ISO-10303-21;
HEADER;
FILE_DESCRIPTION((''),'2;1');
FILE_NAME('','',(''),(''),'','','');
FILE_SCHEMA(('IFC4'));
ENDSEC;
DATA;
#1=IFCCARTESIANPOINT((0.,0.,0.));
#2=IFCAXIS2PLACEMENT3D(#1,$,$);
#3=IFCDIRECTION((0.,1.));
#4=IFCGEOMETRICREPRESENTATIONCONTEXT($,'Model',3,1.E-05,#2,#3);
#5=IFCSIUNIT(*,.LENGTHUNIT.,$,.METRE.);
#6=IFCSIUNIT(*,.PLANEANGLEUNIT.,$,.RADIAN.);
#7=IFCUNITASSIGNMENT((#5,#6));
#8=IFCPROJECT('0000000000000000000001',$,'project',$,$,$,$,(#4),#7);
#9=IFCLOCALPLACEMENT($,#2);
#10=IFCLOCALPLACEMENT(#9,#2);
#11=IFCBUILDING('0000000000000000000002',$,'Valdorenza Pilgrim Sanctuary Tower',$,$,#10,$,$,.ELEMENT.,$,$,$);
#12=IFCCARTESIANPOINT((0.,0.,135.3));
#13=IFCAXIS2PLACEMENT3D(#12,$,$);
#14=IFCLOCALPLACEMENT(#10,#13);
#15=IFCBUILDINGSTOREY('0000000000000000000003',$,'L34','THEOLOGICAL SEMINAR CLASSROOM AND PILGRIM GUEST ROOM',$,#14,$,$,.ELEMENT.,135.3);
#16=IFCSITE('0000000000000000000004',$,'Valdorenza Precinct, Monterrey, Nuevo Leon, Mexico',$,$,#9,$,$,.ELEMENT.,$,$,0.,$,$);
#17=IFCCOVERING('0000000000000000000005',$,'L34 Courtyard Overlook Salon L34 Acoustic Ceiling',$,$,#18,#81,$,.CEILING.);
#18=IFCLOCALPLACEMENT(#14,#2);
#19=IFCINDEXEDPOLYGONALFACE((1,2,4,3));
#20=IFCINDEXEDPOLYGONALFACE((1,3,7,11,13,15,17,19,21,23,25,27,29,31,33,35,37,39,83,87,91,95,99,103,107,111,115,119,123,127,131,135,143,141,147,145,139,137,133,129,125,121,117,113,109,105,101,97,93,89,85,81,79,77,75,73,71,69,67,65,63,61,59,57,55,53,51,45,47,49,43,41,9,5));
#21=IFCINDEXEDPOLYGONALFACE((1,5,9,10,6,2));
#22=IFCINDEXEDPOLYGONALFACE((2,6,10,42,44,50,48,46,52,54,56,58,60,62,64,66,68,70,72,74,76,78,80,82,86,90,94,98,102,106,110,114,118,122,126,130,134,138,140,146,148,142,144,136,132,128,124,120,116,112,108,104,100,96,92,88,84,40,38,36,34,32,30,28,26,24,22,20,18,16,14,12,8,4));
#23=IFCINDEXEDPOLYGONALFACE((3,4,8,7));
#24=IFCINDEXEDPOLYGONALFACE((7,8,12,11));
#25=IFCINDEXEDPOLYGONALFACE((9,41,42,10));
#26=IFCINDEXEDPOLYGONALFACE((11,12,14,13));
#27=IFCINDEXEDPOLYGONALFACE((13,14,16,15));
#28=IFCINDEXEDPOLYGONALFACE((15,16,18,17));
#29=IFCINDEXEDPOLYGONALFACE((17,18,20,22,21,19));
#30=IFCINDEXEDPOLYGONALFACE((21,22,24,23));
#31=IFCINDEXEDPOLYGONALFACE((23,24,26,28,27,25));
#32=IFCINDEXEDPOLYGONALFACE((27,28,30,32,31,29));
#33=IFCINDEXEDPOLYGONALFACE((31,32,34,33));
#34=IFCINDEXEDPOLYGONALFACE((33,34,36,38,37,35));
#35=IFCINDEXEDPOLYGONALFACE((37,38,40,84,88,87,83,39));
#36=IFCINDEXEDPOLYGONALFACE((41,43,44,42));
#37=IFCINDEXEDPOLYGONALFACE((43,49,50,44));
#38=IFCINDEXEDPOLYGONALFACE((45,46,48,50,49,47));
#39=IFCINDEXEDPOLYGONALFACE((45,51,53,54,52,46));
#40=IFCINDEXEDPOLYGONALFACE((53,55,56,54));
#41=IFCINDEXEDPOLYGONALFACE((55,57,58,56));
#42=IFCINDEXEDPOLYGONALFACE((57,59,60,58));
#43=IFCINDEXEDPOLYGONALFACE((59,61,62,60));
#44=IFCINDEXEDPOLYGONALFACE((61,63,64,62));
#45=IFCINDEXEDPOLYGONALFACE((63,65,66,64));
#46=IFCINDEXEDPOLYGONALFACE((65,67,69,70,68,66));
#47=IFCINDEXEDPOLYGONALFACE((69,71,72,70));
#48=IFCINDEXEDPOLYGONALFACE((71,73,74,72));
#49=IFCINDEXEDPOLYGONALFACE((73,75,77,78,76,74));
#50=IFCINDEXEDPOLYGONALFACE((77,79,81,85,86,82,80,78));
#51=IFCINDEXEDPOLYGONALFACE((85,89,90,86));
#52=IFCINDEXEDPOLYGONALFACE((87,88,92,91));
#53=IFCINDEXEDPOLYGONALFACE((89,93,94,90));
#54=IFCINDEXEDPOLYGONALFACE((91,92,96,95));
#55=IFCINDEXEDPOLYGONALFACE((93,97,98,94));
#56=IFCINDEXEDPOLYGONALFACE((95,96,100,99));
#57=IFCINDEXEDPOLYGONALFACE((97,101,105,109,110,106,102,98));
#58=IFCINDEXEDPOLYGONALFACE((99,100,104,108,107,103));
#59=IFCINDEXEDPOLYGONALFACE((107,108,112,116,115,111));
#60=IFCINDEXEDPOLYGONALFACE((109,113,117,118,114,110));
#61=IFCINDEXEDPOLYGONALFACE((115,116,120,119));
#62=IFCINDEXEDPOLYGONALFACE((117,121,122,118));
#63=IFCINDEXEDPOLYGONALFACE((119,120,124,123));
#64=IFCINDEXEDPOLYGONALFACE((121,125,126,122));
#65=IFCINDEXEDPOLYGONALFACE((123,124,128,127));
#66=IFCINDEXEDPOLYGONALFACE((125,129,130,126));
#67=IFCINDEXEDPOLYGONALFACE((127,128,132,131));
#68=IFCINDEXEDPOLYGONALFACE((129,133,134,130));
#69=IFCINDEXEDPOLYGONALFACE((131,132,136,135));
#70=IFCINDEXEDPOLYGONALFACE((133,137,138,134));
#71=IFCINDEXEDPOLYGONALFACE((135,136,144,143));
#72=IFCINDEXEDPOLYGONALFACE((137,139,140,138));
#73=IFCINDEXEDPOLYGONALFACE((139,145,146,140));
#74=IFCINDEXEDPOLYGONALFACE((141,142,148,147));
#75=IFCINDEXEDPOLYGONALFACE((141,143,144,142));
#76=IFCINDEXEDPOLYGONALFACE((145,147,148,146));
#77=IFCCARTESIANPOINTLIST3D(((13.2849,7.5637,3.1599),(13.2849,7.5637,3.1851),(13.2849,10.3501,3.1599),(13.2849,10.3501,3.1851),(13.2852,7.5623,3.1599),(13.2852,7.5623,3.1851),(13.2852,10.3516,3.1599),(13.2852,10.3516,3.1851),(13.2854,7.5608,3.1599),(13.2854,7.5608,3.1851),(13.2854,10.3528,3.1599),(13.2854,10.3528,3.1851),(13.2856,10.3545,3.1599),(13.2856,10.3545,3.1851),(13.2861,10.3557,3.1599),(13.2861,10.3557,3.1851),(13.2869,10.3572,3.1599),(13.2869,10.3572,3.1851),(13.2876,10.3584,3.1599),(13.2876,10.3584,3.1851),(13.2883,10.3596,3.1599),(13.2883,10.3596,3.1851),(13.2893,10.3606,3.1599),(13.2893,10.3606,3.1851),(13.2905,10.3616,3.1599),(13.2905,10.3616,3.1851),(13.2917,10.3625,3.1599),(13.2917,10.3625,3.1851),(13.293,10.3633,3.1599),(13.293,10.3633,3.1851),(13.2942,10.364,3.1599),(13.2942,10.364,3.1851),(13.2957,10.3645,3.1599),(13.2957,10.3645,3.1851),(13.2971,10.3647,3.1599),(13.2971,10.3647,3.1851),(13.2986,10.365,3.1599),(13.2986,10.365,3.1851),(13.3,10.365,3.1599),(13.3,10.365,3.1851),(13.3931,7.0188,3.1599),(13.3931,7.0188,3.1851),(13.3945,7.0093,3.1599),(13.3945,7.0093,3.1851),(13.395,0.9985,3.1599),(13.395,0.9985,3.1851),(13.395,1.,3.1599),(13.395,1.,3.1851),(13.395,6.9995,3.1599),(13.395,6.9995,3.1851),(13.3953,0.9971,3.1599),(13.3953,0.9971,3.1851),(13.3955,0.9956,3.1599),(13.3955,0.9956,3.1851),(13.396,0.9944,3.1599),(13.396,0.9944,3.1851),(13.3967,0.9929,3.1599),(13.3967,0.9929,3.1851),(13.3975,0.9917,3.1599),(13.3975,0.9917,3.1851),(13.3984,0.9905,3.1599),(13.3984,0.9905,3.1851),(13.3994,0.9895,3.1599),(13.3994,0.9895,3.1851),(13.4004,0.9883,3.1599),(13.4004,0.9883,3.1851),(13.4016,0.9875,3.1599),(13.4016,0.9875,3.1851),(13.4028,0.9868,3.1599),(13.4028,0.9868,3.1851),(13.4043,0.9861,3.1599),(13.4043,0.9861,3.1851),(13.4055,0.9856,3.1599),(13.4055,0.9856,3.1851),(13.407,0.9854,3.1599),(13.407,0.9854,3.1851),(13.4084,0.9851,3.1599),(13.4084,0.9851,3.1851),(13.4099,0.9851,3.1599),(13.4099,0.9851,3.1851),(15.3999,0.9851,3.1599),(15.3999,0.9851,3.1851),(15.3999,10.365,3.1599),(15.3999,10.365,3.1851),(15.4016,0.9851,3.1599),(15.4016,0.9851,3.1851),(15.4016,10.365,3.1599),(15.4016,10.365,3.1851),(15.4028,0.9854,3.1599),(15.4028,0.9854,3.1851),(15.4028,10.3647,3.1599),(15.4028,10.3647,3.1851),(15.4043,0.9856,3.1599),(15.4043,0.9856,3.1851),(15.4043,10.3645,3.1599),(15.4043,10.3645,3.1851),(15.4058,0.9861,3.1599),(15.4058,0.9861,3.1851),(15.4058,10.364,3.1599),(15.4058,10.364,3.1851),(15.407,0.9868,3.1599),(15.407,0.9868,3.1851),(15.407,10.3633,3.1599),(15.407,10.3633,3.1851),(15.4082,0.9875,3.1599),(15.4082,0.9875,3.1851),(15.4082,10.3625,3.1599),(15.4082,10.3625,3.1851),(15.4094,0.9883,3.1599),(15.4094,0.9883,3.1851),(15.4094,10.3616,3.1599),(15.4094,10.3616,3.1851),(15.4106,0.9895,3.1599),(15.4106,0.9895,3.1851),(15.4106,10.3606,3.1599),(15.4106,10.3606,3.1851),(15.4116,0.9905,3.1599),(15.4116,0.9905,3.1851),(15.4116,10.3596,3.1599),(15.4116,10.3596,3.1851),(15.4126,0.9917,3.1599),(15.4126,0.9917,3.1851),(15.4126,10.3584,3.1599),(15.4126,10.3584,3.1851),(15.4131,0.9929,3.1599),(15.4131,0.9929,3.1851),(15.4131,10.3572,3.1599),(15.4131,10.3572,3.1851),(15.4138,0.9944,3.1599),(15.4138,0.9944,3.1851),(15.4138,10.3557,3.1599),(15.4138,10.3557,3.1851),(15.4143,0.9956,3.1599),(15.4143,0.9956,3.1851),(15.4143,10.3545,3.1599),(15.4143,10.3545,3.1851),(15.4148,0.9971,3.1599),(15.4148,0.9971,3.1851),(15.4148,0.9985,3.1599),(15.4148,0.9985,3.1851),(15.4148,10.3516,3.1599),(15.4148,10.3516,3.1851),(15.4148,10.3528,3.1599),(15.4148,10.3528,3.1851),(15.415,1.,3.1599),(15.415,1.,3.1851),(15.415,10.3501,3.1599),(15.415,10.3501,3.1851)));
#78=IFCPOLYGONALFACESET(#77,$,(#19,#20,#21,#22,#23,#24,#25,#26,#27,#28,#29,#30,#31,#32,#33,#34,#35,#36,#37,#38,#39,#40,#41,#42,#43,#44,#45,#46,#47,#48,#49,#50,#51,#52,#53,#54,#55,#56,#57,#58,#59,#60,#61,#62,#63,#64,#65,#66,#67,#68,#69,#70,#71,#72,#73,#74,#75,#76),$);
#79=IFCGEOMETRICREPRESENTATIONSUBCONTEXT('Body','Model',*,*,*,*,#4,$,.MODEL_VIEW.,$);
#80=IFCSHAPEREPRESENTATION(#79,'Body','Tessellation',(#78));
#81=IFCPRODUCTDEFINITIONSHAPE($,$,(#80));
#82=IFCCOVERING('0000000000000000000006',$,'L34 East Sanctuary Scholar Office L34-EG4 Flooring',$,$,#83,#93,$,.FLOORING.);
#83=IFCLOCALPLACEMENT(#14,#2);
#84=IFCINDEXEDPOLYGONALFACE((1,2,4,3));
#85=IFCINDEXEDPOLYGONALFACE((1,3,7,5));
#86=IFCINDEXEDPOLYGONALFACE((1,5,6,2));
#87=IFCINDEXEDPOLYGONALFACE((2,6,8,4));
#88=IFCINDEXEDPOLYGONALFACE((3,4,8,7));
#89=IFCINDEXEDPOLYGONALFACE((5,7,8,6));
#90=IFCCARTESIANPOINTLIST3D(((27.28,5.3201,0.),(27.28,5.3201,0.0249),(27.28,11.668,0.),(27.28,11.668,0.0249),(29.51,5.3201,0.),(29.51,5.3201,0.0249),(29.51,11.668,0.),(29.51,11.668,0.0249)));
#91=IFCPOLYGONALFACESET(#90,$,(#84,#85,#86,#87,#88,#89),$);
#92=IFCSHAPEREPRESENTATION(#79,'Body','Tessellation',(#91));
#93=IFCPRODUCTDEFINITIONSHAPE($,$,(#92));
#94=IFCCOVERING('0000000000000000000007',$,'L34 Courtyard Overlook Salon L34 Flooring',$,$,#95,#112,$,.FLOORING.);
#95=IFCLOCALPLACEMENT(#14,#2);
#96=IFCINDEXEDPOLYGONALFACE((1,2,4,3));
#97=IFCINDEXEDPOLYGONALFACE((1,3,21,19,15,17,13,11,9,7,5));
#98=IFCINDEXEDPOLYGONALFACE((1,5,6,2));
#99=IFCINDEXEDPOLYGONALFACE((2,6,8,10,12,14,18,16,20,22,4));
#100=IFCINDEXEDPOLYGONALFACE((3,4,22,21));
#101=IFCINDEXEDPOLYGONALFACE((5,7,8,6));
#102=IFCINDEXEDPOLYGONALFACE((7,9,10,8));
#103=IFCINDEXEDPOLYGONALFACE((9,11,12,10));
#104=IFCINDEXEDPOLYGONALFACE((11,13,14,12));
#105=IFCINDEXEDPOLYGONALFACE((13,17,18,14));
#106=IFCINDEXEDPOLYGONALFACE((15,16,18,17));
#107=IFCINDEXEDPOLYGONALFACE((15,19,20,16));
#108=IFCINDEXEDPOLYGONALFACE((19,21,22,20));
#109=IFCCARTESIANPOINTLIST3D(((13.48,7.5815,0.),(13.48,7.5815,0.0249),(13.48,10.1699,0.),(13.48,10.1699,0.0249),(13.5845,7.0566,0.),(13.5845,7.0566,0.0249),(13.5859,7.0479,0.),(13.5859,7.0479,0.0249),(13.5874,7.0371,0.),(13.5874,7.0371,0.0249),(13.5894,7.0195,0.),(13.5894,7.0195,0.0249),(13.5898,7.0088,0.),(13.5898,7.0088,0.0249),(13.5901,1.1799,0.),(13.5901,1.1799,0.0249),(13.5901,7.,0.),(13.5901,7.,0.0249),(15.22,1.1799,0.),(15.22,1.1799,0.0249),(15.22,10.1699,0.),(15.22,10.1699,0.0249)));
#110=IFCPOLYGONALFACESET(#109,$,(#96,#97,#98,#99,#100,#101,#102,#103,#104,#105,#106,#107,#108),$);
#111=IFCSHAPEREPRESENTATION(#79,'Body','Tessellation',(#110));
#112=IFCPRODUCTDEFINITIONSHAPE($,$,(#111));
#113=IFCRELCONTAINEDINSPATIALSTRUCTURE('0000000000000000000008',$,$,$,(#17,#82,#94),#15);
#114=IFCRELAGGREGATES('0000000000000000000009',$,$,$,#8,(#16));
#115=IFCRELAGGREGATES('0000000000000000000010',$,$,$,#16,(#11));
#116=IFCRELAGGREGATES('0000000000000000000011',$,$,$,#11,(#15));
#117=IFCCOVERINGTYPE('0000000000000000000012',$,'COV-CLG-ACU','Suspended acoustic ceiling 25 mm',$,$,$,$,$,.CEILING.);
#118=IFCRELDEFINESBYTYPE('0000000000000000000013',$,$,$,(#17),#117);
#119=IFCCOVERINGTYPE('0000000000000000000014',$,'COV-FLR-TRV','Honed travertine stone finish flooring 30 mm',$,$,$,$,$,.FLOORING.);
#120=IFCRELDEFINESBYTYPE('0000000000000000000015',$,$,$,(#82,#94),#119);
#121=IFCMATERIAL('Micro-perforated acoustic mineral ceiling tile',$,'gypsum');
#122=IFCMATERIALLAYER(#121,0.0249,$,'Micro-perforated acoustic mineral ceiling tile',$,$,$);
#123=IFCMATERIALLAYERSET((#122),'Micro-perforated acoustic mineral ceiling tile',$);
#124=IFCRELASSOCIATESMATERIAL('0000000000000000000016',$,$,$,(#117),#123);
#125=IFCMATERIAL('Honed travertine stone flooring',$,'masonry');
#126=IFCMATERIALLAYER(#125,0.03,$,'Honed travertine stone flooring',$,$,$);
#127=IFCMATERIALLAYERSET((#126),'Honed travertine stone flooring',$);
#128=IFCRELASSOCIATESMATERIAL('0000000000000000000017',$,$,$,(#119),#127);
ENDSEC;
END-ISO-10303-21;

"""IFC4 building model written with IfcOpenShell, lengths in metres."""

from ifc_helpers import new_model, si_unit, direction, frame, origin, place, context, subcontext, project, spatial, polyline, outline, extrude, material, layer, layer_set, type_object, element, save


model = new_model("IFC4")

# Units and contexts
model_context = context("Model", 3, precision=1e-05, world=origin(), true_north=direction((0.0, 1.0)))
body_context = subcontext(model_context, "Body", "Model", "MODEL_VIEW")
ifc_project = project(units=[si_unit("LENGTHUNIT", "METRE"), si_unit("PLANEANGLEUNIT", "RADIAN")], contexts=[model_context])

# Site, building, storey
site_placement = place(None, origin())
site = spatial("IfcSite", under=ifc_project, at=site_placement, Name="Valdorenza Precinct, Monterrey, Nuevo Leon, Mexico", CompositionType="ELEMENT", RefElevation=0.0)
building_placement = place(site_placement, origin())
building = spatial("IfcBuilding", under=site, at=building_placement, Name="Valdorenza Pilgrim Sanctuary Tower", CompositionType="ELEMENT")
storey_placement = place(building_placement, frame((0.0, 0.0, 135.3)))
storey = spatial("IfcBuildingStorey", under=building, at=storey_placement, Name="L34", Description="THEOLOGICAL SEMINAR CLASSROOM AND PILGRIM GUEST ROOM", CompositionType="ELEMENT", Elevation=135.3)

# Coverings
ifc_material_1 = material(Name="Micro-perforated acoustic mineral ceiling tile", Category="gypsum")
ifc_layer_1 = layer(ifc_material_1, 0.0249, Name="Micro-perforated acoustic mineral ceiling tile")
ifc_layer_set_1 = layer_set([ifc_layer_1], Name="Micro-perforated acoustic mineral ceiling tile")
covering_type_1 = type_object("IfcCoveringType", Name="COV-CLG-ACU", Description="Suspended acoustic ceiling 25 mm", PredefinedType="CEILING", material=ifc_layer_set_1)
covering_1_placement = place(storey_placement, frame((0.0, 0.0, 3.1599)))
element("IfcCovering", 1, at=covering_1_placement, inside=storey, type_object=covering_type_1, Name="L34 Courtyard Overlook Salon L34 Acoustic Ceiling", PredefinedType="CEILING", context=body_context, shape_type="SweptSolid", body=[
    extrude(outline(polyline([(15.3999, 10.365), (15.4016, 10.365), (15.4028, 10.3647), (15.4043, 10.3645), (15.4058, 10.364), (15.407, 10.3633), (15.4082, 10.3625), (15.4094, 10.3616), (15.4106, 10.3606), (15.4116, 10.3596), (15.4126, 10.3584), (15.4131, 10.3572), (15.4138, 10.3557), (15.4143, 10.3545), (15.4148, 10.3528), (15.4148, 10.3516), (15.415, 10.3501), (15.415, 1.0), (15.4148, 0.9985), (15.4148, 0.9971), (15.4143, 0.9956), (15.4138, 0.9944), (15.4131, 0.9929), (15.4126, 0.9917), (15.4116, 0.9905), (15.4106, 0.9895), (15.4094, 0.9883), (15.4082, 0.9875), (15.407, 0.9868), (15.4058, 0.9861), (15.4043, 0.9856), (15.4028, 0.9854), (15.4016, 0.9851), (15.3999, 0.9851), (13.4099, 0.9851), (13.4084, 0.9851), (13.407, 0.9854), (13.4055, 0.9856), (13.4043, 0.9861), (13.4028, 0.9868), (13.4016, 0.9875), (13.4004, 0.9883), (13.3994, 0.9895), (13.3984, 0.9905), (13.3975, 0.9917), (13.3967, 0.9929), (13.396, 0.9944), (13.3955, 0.9956), (13.3953, 0.9971), (13.395, 0.9985), (13.395, 1.0), (13.395, 6.9995), (13.3945, 7.0093), (13.3931, 7.0188), (13.2854, 7.5608), (13.2852, 7.5623), (13.2849, 7.5637), (13.2849, 10.3501), (13.2852, 10.3516), (13.2854, 10.3528), (13.2856, 10.3545), (13.2861, 10.3557), (13.2869, 10.3572), (13.2876, 10.3584), (13.2883, 10.3596), (13.2893, 10.3606), (13.2905, 10.3616), (13.2917, 10.3625), (13.293, 10.3633), (13.2942, 10.364), (13.2957, 10.3645), (13.2971, 10.3647), (13.2986, 10.365), (13.3, 10.365), (15.3999, 10.365)])), origin(), (0.0, 0.0, 1.0), 0.0251),
])
ifc_material_2 = material(Name="Honed travertine stone flooring", Category="masonry")
ifc_layer_2 = layer(ifc_material_2, 0.03, Name="Honed travertine stone flooring")
ifc_layer_set_2 = layer_set([ifc_layer_2], Name="Honed travertine stone flooring")
covering_type_2 = type_object("IfcCoveringType", Name="COV-FLR-TRV", Description="Honed travertine stone finish flooring 30 mm", PredefinedType="FLOORING", material=ifc_layer_set_2)
covering_2_placement = place(storey_placement, origin())
element("IfcCovering", 2, at=covering_2_placement, inside=storey, type_object=covering_type_2, Name="L34 East Sanctuary Scholar Office L34-EG4 Flooring", PredefinedType="FLOORING", context=body_context, shape_type="SweptSolid", body=[
    extrude(outline(polyline([(27.28, 11.668), (29.51, 11.668), (29.51, 5.3201), (27.28, 5.3201), (27.28, 11.668)])), origin(), (0.0, 0.0, 1.0), 0.0249),
])
covering_3_placement = place(storey_placement, origin())
element("IfcCovering", 3, at=covering_3_placement, inside=storey, type_object=covering_type_2, Name="L34 Courtyard Overlook Salon L34 Flooring", PredefinedType="FLOORING", context=body_context, shape_type="SweptSolid", body=[
    extrude(outline(polyline([(15.22, 10.1699), (15.22, 1.1799), (13.5901, 1.1799), (13.5901, 7.0), (13.5898, 7.0088), (13.5894, 7.0195), (13.5874, 7.0371), (13.5859, 7.0479), (13.5845, 7.0566), (13.48, 7.5815), (13.48, 10.1699), (15.22, 10.1699)])), origin(), (0.0, 0.0, 1.0), 0.0249),
])

save(model, "model.ifc")
